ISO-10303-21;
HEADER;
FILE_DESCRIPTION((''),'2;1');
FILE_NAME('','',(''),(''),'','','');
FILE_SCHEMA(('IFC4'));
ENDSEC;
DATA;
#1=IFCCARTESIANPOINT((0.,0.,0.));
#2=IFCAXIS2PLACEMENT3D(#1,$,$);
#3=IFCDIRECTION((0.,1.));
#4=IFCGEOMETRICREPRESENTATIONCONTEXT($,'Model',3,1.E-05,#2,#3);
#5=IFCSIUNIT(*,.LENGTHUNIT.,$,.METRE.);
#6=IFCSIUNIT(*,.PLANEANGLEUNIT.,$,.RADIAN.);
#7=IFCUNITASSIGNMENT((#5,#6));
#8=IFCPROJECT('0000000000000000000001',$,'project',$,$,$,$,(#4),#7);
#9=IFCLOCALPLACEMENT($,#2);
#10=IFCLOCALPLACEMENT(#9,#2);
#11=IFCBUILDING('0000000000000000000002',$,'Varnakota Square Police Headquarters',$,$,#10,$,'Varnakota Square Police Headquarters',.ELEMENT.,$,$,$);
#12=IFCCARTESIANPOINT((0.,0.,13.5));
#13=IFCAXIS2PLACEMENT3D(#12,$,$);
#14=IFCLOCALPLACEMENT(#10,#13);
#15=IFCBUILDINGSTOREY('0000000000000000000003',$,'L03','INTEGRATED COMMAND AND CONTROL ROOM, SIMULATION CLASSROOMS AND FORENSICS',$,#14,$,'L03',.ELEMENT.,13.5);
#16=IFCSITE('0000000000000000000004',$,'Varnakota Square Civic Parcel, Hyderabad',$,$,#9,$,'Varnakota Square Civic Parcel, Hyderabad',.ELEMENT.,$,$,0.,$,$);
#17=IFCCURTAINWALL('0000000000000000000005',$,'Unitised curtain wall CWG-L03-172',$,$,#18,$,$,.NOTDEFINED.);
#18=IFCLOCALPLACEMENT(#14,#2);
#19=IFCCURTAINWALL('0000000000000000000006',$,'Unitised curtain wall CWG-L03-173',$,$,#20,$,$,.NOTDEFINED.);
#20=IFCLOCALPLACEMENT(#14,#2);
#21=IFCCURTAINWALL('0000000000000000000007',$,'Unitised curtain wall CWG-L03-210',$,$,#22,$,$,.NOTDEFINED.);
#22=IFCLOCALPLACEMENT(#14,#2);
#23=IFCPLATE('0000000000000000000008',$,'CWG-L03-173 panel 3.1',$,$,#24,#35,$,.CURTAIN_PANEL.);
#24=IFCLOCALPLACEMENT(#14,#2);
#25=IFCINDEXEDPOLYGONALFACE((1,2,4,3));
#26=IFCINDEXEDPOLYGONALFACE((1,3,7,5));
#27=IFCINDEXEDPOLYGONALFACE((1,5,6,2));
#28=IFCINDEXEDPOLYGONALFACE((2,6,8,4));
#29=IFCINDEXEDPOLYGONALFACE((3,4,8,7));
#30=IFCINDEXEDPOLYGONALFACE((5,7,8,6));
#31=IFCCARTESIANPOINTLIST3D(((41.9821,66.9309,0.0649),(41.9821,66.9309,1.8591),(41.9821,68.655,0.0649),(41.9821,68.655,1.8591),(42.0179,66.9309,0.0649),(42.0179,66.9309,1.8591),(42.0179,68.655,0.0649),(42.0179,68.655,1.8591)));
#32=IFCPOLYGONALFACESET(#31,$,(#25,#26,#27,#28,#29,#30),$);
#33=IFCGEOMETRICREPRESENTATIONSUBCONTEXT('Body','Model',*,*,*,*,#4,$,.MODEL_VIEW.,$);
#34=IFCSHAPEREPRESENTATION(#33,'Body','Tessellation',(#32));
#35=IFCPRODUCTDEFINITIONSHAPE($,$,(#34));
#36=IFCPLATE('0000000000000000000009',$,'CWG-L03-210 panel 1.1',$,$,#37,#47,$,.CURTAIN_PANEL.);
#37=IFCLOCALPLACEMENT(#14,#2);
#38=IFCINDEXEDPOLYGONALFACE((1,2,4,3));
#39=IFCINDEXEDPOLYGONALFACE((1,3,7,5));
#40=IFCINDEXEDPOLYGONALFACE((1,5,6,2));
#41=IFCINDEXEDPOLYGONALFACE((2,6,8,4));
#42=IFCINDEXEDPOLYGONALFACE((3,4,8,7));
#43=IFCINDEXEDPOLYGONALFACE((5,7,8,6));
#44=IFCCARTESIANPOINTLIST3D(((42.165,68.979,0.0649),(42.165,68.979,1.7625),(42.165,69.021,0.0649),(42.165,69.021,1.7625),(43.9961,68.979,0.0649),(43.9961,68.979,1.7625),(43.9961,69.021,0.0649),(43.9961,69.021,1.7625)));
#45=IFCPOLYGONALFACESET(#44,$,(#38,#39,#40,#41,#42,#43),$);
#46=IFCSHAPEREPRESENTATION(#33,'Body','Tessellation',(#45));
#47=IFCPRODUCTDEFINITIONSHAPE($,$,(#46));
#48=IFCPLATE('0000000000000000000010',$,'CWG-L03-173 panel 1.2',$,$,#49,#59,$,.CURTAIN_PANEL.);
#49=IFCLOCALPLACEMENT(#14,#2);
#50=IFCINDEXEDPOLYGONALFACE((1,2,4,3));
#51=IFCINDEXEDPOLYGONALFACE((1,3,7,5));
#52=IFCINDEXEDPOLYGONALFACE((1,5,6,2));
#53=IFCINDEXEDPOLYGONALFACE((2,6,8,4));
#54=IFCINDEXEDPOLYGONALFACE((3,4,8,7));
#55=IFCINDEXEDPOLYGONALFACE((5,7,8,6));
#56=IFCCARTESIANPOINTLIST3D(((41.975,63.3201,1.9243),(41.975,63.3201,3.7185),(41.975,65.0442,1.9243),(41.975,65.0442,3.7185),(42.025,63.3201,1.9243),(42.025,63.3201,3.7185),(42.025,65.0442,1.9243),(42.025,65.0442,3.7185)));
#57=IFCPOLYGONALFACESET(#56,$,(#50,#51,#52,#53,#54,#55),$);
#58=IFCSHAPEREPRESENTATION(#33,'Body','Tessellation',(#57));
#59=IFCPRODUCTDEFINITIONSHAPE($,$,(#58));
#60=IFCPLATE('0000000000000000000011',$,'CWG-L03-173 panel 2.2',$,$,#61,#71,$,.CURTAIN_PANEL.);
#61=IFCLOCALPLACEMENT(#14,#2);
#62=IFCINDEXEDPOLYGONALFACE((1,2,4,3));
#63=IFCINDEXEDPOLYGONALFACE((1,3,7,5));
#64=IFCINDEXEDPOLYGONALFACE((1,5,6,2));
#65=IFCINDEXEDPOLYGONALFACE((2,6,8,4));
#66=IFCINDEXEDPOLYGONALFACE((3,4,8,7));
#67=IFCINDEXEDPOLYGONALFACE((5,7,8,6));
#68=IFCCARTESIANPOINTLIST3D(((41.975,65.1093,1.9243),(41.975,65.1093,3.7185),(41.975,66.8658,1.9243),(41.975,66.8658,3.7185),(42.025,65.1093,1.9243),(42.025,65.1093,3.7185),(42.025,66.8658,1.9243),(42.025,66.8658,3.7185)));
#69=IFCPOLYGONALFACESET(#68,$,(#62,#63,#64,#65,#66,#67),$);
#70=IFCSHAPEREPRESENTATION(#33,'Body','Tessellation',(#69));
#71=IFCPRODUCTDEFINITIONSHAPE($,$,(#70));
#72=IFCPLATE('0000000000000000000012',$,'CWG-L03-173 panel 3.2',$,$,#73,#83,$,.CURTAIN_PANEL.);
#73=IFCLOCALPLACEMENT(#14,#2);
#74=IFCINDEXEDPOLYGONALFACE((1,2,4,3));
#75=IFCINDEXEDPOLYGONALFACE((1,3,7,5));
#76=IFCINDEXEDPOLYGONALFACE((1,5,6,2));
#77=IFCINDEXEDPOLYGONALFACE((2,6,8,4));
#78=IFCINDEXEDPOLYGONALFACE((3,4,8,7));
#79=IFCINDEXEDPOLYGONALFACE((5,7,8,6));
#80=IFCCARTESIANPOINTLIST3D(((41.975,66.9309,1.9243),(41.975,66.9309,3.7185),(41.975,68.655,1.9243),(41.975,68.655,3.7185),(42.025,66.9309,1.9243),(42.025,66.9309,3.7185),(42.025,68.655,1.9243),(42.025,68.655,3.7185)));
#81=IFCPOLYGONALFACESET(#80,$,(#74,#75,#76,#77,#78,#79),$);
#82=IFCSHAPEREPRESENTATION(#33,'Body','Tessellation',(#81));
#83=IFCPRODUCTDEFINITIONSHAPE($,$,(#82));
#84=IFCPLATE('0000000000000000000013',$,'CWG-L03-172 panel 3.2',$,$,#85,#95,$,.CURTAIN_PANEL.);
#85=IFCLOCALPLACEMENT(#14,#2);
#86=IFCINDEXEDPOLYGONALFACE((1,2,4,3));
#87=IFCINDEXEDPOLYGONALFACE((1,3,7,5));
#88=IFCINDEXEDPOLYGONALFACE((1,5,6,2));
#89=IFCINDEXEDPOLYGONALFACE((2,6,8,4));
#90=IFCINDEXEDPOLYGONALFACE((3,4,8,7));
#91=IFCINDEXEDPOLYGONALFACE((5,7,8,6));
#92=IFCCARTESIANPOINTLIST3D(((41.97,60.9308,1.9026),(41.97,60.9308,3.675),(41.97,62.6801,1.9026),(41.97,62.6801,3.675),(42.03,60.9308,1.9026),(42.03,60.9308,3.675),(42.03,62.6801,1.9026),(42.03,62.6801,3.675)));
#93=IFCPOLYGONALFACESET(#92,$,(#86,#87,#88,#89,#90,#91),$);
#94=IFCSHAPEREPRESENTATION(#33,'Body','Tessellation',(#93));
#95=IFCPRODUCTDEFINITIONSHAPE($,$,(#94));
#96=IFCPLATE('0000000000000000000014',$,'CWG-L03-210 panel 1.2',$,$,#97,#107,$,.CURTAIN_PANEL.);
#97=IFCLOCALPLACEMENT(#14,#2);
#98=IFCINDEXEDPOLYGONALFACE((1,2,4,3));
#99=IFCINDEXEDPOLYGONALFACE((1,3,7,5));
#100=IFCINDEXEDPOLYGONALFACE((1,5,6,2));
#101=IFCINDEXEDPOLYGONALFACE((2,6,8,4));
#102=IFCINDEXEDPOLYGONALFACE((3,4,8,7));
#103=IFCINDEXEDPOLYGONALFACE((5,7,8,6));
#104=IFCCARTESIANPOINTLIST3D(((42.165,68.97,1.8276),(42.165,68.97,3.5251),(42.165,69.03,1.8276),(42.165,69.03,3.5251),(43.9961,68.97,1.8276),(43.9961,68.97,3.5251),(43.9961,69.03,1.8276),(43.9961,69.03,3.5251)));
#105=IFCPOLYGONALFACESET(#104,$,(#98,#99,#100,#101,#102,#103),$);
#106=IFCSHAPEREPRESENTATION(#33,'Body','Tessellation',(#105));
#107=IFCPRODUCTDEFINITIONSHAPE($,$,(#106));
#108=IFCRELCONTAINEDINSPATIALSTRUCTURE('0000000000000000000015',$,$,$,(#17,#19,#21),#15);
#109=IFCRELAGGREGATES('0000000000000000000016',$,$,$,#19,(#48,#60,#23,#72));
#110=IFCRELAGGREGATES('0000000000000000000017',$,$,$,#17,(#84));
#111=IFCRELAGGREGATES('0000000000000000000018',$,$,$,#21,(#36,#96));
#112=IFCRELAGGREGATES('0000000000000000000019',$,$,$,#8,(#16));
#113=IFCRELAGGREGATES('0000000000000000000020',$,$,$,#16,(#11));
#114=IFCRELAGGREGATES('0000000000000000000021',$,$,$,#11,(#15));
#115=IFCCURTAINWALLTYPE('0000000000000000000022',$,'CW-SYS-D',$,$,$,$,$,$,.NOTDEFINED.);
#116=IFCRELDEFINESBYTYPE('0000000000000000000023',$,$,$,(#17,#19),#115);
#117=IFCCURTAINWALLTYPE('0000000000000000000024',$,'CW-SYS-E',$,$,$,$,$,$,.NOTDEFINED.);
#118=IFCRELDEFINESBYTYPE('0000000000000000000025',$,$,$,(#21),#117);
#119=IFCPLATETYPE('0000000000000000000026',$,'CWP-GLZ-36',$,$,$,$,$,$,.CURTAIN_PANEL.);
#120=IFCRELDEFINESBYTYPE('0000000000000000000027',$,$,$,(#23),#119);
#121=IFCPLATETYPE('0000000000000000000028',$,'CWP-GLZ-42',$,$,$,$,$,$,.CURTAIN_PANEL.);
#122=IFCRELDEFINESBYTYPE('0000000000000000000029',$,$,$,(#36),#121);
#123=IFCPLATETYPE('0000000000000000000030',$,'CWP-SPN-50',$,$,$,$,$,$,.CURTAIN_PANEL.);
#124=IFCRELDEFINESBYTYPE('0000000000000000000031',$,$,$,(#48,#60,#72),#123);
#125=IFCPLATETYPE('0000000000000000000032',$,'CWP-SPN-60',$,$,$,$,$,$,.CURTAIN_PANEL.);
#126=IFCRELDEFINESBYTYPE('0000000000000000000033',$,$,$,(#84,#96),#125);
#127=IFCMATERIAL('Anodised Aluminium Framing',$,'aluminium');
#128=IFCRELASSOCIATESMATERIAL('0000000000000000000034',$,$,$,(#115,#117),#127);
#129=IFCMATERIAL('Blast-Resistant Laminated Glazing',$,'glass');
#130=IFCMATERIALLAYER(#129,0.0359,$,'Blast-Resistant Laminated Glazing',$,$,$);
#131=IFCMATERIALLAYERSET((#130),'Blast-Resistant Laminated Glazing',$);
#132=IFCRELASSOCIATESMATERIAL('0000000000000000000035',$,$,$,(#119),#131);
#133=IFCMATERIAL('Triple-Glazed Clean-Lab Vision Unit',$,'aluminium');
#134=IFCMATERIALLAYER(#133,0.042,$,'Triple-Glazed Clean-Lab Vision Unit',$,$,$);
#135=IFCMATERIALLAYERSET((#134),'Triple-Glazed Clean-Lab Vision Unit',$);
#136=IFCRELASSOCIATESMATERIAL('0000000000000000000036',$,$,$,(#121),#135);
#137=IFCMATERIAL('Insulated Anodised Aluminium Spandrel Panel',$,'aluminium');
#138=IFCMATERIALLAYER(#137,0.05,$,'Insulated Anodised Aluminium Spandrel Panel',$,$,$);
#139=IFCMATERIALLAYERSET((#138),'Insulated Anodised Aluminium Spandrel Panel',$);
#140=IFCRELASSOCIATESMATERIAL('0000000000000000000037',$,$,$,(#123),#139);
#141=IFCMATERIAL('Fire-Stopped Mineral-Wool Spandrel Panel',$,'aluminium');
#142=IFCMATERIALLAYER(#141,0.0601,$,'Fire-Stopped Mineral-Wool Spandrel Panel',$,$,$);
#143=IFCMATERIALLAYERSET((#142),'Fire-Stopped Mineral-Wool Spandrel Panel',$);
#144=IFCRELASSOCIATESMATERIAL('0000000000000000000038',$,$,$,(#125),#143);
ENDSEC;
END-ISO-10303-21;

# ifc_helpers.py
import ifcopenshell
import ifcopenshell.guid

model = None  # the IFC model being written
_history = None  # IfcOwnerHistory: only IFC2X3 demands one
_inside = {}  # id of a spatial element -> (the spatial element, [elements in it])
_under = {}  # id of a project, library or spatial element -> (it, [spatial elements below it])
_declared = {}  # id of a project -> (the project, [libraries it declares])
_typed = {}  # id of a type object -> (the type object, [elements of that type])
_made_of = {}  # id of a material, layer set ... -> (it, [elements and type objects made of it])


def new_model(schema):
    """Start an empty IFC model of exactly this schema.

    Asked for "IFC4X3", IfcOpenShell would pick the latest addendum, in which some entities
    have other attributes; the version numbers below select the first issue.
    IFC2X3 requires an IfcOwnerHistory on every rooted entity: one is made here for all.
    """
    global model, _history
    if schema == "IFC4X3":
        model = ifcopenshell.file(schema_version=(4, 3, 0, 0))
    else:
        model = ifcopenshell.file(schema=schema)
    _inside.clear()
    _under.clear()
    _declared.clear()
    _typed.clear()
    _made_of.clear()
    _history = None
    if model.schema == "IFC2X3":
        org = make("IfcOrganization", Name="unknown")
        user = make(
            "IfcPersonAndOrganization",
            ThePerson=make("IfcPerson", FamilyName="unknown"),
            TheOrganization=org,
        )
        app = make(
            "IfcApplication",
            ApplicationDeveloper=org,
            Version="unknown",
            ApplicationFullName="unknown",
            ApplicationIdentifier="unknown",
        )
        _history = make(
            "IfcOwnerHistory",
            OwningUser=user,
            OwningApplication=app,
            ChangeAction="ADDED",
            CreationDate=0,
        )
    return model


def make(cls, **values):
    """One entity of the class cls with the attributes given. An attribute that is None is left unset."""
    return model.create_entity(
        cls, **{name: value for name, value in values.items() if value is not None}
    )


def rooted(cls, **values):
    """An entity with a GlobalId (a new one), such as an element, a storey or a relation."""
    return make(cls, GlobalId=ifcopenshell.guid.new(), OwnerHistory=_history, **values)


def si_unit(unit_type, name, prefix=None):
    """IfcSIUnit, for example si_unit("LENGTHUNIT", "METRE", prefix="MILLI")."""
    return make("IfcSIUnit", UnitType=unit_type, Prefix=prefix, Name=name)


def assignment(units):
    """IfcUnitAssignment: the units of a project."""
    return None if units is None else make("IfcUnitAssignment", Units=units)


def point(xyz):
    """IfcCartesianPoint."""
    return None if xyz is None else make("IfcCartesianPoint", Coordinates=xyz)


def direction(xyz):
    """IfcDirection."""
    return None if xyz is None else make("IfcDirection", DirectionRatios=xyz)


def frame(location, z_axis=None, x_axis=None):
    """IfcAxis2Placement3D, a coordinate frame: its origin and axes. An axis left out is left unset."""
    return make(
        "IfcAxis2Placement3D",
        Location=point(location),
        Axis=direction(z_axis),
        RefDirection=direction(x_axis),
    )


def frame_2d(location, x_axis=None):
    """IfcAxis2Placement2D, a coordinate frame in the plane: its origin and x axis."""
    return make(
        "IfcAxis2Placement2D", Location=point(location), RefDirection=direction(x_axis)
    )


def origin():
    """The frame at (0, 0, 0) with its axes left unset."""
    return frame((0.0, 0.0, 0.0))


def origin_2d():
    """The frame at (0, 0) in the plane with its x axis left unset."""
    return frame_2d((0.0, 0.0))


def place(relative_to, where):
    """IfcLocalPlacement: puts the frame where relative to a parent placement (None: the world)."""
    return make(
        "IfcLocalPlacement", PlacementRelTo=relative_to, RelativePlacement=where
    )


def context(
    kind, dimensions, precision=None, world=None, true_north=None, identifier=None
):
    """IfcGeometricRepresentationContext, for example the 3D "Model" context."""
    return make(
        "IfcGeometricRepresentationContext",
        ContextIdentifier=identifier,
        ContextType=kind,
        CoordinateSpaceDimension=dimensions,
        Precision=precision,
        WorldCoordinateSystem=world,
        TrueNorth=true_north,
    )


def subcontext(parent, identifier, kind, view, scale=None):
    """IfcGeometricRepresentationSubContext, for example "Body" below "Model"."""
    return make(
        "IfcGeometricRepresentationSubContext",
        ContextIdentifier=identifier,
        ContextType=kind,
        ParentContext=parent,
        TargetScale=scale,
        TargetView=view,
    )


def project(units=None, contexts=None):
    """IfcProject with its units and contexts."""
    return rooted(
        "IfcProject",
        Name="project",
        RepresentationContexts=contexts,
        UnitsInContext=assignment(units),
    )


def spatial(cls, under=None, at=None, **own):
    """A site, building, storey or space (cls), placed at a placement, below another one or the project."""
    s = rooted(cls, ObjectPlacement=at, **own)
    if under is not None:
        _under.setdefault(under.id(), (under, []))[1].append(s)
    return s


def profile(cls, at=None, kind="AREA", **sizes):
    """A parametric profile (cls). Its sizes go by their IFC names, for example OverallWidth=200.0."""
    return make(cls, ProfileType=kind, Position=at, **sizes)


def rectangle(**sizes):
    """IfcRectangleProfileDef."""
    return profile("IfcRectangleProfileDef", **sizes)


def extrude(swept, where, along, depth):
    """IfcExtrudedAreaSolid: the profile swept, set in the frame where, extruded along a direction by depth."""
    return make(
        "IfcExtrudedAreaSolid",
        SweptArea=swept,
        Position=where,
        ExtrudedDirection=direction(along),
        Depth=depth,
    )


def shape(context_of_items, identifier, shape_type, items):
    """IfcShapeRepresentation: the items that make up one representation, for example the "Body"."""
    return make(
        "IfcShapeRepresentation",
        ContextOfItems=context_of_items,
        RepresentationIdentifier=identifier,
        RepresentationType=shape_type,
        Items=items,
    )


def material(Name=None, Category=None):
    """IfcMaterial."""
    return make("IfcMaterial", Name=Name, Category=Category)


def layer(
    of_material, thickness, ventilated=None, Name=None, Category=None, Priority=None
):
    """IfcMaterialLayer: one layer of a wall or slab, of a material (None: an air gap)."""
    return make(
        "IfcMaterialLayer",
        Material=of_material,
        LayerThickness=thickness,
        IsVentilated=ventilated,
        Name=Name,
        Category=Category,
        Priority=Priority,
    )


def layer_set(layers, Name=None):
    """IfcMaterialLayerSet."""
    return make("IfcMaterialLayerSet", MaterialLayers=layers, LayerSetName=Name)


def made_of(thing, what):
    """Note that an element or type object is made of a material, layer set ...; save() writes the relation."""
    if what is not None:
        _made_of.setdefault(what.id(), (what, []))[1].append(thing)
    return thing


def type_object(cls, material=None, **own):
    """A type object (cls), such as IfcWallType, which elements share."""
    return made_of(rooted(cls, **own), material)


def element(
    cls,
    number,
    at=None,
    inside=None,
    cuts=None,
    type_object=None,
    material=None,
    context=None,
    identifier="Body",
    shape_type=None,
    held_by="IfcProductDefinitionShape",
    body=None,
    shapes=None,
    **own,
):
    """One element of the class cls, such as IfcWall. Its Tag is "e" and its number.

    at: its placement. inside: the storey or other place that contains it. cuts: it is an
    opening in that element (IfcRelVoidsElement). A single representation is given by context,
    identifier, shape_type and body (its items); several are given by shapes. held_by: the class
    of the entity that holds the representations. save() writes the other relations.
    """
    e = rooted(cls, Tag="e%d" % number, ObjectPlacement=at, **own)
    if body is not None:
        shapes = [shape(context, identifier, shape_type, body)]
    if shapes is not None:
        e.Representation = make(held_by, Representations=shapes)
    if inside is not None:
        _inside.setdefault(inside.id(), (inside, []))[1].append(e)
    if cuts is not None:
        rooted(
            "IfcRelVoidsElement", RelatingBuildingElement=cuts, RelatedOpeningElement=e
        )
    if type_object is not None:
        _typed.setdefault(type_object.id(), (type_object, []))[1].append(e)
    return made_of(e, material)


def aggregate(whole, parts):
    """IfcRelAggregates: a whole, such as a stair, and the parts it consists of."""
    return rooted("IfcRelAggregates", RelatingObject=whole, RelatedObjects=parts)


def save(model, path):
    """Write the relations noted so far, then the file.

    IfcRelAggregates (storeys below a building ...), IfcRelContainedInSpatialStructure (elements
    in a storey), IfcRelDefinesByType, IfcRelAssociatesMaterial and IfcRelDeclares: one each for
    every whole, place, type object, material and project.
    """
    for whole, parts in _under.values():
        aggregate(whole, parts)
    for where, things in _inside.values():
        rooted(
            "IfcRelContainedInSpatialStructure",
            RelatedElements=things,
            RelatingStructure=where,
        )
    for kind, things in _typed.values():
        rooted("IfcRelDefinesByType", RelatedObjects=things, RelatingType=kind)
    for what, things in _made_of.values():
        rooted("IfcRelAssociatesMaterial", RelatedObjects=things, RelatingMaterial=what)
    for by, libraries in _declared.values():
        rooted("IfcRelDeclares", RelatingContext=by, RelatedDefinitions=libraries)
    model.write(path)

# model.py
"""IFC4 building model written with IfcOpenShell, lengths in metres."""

from ifc_helpers import new_model, si_unit, direction, frame, origin, origin_2d, place, context, subcontext, project, spatial, rectangle, extrude, material, layer, layer_set, type_object, element, aggregate, save


model = new_model("IFC4")

# Units and contexts
model_context = context("Model", 3, precision=1e-05, world=origin(), true_north=direction((0.0, 1.0)))
body_context = subcontext(model_context, "Body", "Model", "MODEL_VIEW")
ifc_project = project(units=[si_unit("LENGTHUNIT", "METRE"), si_unit("PLANEANGLEUNIT", "RADIAN")], contexts=[model_context])

# Site, building, storey
site_placement = place(None, origin())
site = spatial("IfcSite", under=ifc_project, at=site_placement, Name="Varnakota Square Civic Parcel, Hyderabad", LongName="Varnakota Square Civic Parcel, Hyderabad", CompositionType="ELEMENT", RefElevation=0.0)
building_placement = place(site_placement, origin())
building = spatial("IfcBuilding", under=site, at=building_placement, Name="Varnakota Square Police Headquarters", LongName="Varnakota Square Police Headquarters", CompositionType="ELEMENT")
storey_placement = place(building_placement, frame((0.0, 0.0, 13.5)))
storey = spatial("IfcBuildingStorey", under=building, at=storey_placement, Name="L03", Description="INTEGRATED COMMAND AND CONTROL ROOM, SIMULATION CLASSROOMS AND FORENSICS", LongName="L03", CompositionType="ELEMENT", Elevation=13.5)

# Curtain wall
ifc_material_1 = material(Name="Anodised Aluminium Framing", Category="aluminium")
curtain_wall_type_1 = type_object("IfcCurtainWallType", Name="CW-SYS-D", PredefinedType="NOTDEFINED", material=ifc_material_1)
curtain_wall_1_placement = place(storey_placement, origin())
curtain_wall_1 = element("IfcCurtainWall", 1, at=curtain_wall_1_placement, inside=storey, type_object=curtain_wall_type_1, Name="Unitised curtain wall CWG-L03-172", PredefinedType="NOTDEFINED")

# Curtain wall
curtain_wall_2_placement = place(storey_placement, origin())
curtain_wall_2 = element("IfcCurtainWall", 2, at=curtain_wall_2_placement, inside=storey, type_object=curtain_wall_type_1, Name="Unitised curtain wall CWG-L03-173", PredefinedType="NOTDEFINED")

# Curtain wall
curtain_wall_type_2 = type_object("IfcCurtainWallType", Name="CW-SYS-E", PredefinedType="NOTDEFINED", material=ifc_material_1)
curtain_wall_3_placement = place(storey_placement, origin())
curtain_wall_3 = element("IfcCurtainWall", 3, at=curtain_wall_3_placement, inside=storey, type_object=curtain_wall_type_2, Name="Unitised curtain wall CWG-L03-210", PredefinedType="NOTDEFINED")

# Plates
ifc_material_2 = material(Name="Blast-Resistant Laminated Glazing", Category="glass")
ifc_layer_1 = layer(ifc_material_2, 0.0359, Name="Blast-Resistant Laminated Glazing")
ifc_layer_set_1 = layer_set([ifc_layer_1], Name="Blast-Resistant Laminated Glazing")
plate_type_1 = type_object("IfcPlateType", Name="CWP-GLZ-36", PredefinedType="CURTAIN_PANEL", material=ifc_layer_set_1)
plate_1_placement = place(storey_placement, frame((42.0, 67.793, 0.0649), z_axis=(0.0, 0.0, 1.0), x_axis=(0.0, 1.0, 0.0)))
plate_1 = element("IfcPlate", 4, at=plate_1_placement, type_object=plate_type_1, Name="CWG-L03-173 panel 3.1", PredefinedType="CURTAIN_PANEL", context=body_context, shape_type="SweptSolid", body=[
    extrude(rectangle(XDim=1.7241, YDim=0.0359, at=origin_2d()), origin(), (0.0, 0.0, 1.0), 1.7942),
])
ifc_material_3 = material(Name="Triple-Glazed Clean-Lab Vision Unit", Category="aluminium")
ifc_layer_2 = layer(ifc_material_3, 0.042, Name="Triple-Glazed Clean-Lab Vision Unit")
ifc_layer_set_2 = layer_set([ifc_layer_2], Name="Triple-Glazed Clean-Lab Vision Unit")
plate_type_2 = type_object("IfcPlateType", Name="CWP-GLZ-42", PredefinedType="CURTAIN_PANEL", material=ifc_layer_set_2)
plate_2_placement = place(storey_placement, frame((43.0806, 69.0, 0.0649), z_axis=(0.0, 0.0, 1.0), x_axis=(1.0, 0.0, 0.0)))
plate_2 = element("IfcPlate", 5, at=plate_2_placement, type_object=plate_type_2, Name="CWG-L03-210 panel 1.1", PredefinedType="CURTAIN_PANEL", context=body_context, shape_type="SweptSolid", body=[
    extrude(rectangle(XDim=1.8311, YDim=0.042, at=origin_2d()), origin(), (0.0, 0.0, 1.0), 1.6975),
])
ifc_material_4 = material(Name="Insulated Anodised Aluminium Spandrel Panel", Category="aluminium")
ifc_layer_3 = layer(ifc_material_4, 0.05, Name="Insulated Anodised Aluminium Spandrel Panel")
ifc_layer_set_3 = layer_set([ifc_layer_3], Name="Insulated Anodised Aluminium Spandrel Panel")
plate_type_3 = type_object("IfcPlateType", Name="CWP-SPN-50", PredefinedType="CURTAIN_PANEL", material=ifc_layer_set_3)
plate_3_placement = place(storey_placement, frame((42.0, 64.1821, 1.9243), z_axis=(0.0, 0.0, 1.0), x_axis=(0.0, 1.0, 0.0)))
plate_3 = element("IfcPlate", 6, at=plate_3_placement, type_object=plate_type_3, Name="CWG-L03-173 panel 1.2", PredefinedType="CURTAIN_PANEL", context=body_context, shape_type="SweptSolid", body=[
    extrude(rectangle(XDim=1.7241, YDim=0.05, at=origin_2d()), origin(), (0.0, 0.0, 1.0), 1.7942),
])
plate_4_placement = place(storey_placement, frame((42.0, 65.9875, 1.9243), z_axis=(0.0, 0.0, 1.0), x_axis=(0.0, 1.0, 0.0)))
plate_4 = element("IfcPlate", 7, at=plate_4_placement, type_object=plate_type_3, Name="CWG-L03-173 panel 2.2", PredefinedType="CURTAIN_PANEL", context=body_context, shape_type="SweptSolid", body=[
    extrude(rectangle(XDim=1.7566, YDim=0.05, at=origin_2d()), origin(), (0.0, 0.0, 1.0), 1.7942),
])
plate_5_placement = place(storey_placement, frame((42.0, 67.793, 1.9243), z_axis=(0.0, 0.0, 1.0), x_axis=(0.0, 1.0, 0.0)))
plate_5 = element("IfcPlate", 8, at=plate_5_placement, type_object=plate_type_3, Name="CWG-L03-173 panel 3.2", PredefinedType="CURTAIN_PANEL", context=body_context, shape_type="SweptSolid", body=[
    extrude(rectangle(XDim=1.7241, YDim=0.05, at=origin_2d()), origin(), (0.0, 0.0, 1.0), 1.7942),
])
aggregate(curtain_wall_2, [plate_3, plate_4, plate_1, plate_5])
ifc_material_5 = material(Name="Fire-Stopped Mineral-Wool Spandrel Panel", Category="aluminium")
ifc_layer_4 = layer(ifc_material_5, 0.0601, Name="Fire-Stopped Mineral-Wool Spandrel Panel")
ifc_layer_set_4 = layer_set([ifc_layer_4], Name="Fire-Stopped Mineral-Wool Spandrel Panel")
plate_type_4 = type_object("IfcPlateType", Name="CWP-SPN-60", PredefinedType="CURTAIN_PANEL", material=ifc_layer_set_4)
plate_6_placement = place(storey_placement, frame((42.0, 61.8054, 1.9026), z_axis=(0.0, 0.0, 1.0), x_axis=(0.0, 1.0, 0.0)))
plate_6 = element("IfcPlate", 9, at=plate_6_placement, type_object=plate_type_4, Name="CWG-L03-172 panel 3.2", PredefinedType="CURTAIN_PANEL", context=body_context, shape_type="SweptSolid", body=[
    extrude(rectangle(XDim=1.7493, YDim=0.0601, at=origin_2d()), origin(), (0.0, 0.0, 1.0), 1.7725),
])
aggregate(curtain_wall_1, [plate_6])
plate_7_placement = place(storey_placement, frame((43.0806, 69.0, 1.8276), z_axis=(0.0, 0.0, 1.0), x_axis=(1.0, 0.0, 0.0)))
plate_7 = element("IfcPlate", 10, at=plate_7_placement, type_object=plate_type_4, Name="CWG-L03-210 panel 1.2", PredefinedType="CURTAIN_PANEL", context=body_context, shape_type="SweptSolid", body=[
    extrude(rectangle(XDim=1.8311, YDim=0.0601, at=origin_2d()), origin(), (0.0, 0.0, 1.0), 1.6975),
])
aggregate(curtain_wall_3, [plate_2, plate_7])

save(model, "model.ifc")
